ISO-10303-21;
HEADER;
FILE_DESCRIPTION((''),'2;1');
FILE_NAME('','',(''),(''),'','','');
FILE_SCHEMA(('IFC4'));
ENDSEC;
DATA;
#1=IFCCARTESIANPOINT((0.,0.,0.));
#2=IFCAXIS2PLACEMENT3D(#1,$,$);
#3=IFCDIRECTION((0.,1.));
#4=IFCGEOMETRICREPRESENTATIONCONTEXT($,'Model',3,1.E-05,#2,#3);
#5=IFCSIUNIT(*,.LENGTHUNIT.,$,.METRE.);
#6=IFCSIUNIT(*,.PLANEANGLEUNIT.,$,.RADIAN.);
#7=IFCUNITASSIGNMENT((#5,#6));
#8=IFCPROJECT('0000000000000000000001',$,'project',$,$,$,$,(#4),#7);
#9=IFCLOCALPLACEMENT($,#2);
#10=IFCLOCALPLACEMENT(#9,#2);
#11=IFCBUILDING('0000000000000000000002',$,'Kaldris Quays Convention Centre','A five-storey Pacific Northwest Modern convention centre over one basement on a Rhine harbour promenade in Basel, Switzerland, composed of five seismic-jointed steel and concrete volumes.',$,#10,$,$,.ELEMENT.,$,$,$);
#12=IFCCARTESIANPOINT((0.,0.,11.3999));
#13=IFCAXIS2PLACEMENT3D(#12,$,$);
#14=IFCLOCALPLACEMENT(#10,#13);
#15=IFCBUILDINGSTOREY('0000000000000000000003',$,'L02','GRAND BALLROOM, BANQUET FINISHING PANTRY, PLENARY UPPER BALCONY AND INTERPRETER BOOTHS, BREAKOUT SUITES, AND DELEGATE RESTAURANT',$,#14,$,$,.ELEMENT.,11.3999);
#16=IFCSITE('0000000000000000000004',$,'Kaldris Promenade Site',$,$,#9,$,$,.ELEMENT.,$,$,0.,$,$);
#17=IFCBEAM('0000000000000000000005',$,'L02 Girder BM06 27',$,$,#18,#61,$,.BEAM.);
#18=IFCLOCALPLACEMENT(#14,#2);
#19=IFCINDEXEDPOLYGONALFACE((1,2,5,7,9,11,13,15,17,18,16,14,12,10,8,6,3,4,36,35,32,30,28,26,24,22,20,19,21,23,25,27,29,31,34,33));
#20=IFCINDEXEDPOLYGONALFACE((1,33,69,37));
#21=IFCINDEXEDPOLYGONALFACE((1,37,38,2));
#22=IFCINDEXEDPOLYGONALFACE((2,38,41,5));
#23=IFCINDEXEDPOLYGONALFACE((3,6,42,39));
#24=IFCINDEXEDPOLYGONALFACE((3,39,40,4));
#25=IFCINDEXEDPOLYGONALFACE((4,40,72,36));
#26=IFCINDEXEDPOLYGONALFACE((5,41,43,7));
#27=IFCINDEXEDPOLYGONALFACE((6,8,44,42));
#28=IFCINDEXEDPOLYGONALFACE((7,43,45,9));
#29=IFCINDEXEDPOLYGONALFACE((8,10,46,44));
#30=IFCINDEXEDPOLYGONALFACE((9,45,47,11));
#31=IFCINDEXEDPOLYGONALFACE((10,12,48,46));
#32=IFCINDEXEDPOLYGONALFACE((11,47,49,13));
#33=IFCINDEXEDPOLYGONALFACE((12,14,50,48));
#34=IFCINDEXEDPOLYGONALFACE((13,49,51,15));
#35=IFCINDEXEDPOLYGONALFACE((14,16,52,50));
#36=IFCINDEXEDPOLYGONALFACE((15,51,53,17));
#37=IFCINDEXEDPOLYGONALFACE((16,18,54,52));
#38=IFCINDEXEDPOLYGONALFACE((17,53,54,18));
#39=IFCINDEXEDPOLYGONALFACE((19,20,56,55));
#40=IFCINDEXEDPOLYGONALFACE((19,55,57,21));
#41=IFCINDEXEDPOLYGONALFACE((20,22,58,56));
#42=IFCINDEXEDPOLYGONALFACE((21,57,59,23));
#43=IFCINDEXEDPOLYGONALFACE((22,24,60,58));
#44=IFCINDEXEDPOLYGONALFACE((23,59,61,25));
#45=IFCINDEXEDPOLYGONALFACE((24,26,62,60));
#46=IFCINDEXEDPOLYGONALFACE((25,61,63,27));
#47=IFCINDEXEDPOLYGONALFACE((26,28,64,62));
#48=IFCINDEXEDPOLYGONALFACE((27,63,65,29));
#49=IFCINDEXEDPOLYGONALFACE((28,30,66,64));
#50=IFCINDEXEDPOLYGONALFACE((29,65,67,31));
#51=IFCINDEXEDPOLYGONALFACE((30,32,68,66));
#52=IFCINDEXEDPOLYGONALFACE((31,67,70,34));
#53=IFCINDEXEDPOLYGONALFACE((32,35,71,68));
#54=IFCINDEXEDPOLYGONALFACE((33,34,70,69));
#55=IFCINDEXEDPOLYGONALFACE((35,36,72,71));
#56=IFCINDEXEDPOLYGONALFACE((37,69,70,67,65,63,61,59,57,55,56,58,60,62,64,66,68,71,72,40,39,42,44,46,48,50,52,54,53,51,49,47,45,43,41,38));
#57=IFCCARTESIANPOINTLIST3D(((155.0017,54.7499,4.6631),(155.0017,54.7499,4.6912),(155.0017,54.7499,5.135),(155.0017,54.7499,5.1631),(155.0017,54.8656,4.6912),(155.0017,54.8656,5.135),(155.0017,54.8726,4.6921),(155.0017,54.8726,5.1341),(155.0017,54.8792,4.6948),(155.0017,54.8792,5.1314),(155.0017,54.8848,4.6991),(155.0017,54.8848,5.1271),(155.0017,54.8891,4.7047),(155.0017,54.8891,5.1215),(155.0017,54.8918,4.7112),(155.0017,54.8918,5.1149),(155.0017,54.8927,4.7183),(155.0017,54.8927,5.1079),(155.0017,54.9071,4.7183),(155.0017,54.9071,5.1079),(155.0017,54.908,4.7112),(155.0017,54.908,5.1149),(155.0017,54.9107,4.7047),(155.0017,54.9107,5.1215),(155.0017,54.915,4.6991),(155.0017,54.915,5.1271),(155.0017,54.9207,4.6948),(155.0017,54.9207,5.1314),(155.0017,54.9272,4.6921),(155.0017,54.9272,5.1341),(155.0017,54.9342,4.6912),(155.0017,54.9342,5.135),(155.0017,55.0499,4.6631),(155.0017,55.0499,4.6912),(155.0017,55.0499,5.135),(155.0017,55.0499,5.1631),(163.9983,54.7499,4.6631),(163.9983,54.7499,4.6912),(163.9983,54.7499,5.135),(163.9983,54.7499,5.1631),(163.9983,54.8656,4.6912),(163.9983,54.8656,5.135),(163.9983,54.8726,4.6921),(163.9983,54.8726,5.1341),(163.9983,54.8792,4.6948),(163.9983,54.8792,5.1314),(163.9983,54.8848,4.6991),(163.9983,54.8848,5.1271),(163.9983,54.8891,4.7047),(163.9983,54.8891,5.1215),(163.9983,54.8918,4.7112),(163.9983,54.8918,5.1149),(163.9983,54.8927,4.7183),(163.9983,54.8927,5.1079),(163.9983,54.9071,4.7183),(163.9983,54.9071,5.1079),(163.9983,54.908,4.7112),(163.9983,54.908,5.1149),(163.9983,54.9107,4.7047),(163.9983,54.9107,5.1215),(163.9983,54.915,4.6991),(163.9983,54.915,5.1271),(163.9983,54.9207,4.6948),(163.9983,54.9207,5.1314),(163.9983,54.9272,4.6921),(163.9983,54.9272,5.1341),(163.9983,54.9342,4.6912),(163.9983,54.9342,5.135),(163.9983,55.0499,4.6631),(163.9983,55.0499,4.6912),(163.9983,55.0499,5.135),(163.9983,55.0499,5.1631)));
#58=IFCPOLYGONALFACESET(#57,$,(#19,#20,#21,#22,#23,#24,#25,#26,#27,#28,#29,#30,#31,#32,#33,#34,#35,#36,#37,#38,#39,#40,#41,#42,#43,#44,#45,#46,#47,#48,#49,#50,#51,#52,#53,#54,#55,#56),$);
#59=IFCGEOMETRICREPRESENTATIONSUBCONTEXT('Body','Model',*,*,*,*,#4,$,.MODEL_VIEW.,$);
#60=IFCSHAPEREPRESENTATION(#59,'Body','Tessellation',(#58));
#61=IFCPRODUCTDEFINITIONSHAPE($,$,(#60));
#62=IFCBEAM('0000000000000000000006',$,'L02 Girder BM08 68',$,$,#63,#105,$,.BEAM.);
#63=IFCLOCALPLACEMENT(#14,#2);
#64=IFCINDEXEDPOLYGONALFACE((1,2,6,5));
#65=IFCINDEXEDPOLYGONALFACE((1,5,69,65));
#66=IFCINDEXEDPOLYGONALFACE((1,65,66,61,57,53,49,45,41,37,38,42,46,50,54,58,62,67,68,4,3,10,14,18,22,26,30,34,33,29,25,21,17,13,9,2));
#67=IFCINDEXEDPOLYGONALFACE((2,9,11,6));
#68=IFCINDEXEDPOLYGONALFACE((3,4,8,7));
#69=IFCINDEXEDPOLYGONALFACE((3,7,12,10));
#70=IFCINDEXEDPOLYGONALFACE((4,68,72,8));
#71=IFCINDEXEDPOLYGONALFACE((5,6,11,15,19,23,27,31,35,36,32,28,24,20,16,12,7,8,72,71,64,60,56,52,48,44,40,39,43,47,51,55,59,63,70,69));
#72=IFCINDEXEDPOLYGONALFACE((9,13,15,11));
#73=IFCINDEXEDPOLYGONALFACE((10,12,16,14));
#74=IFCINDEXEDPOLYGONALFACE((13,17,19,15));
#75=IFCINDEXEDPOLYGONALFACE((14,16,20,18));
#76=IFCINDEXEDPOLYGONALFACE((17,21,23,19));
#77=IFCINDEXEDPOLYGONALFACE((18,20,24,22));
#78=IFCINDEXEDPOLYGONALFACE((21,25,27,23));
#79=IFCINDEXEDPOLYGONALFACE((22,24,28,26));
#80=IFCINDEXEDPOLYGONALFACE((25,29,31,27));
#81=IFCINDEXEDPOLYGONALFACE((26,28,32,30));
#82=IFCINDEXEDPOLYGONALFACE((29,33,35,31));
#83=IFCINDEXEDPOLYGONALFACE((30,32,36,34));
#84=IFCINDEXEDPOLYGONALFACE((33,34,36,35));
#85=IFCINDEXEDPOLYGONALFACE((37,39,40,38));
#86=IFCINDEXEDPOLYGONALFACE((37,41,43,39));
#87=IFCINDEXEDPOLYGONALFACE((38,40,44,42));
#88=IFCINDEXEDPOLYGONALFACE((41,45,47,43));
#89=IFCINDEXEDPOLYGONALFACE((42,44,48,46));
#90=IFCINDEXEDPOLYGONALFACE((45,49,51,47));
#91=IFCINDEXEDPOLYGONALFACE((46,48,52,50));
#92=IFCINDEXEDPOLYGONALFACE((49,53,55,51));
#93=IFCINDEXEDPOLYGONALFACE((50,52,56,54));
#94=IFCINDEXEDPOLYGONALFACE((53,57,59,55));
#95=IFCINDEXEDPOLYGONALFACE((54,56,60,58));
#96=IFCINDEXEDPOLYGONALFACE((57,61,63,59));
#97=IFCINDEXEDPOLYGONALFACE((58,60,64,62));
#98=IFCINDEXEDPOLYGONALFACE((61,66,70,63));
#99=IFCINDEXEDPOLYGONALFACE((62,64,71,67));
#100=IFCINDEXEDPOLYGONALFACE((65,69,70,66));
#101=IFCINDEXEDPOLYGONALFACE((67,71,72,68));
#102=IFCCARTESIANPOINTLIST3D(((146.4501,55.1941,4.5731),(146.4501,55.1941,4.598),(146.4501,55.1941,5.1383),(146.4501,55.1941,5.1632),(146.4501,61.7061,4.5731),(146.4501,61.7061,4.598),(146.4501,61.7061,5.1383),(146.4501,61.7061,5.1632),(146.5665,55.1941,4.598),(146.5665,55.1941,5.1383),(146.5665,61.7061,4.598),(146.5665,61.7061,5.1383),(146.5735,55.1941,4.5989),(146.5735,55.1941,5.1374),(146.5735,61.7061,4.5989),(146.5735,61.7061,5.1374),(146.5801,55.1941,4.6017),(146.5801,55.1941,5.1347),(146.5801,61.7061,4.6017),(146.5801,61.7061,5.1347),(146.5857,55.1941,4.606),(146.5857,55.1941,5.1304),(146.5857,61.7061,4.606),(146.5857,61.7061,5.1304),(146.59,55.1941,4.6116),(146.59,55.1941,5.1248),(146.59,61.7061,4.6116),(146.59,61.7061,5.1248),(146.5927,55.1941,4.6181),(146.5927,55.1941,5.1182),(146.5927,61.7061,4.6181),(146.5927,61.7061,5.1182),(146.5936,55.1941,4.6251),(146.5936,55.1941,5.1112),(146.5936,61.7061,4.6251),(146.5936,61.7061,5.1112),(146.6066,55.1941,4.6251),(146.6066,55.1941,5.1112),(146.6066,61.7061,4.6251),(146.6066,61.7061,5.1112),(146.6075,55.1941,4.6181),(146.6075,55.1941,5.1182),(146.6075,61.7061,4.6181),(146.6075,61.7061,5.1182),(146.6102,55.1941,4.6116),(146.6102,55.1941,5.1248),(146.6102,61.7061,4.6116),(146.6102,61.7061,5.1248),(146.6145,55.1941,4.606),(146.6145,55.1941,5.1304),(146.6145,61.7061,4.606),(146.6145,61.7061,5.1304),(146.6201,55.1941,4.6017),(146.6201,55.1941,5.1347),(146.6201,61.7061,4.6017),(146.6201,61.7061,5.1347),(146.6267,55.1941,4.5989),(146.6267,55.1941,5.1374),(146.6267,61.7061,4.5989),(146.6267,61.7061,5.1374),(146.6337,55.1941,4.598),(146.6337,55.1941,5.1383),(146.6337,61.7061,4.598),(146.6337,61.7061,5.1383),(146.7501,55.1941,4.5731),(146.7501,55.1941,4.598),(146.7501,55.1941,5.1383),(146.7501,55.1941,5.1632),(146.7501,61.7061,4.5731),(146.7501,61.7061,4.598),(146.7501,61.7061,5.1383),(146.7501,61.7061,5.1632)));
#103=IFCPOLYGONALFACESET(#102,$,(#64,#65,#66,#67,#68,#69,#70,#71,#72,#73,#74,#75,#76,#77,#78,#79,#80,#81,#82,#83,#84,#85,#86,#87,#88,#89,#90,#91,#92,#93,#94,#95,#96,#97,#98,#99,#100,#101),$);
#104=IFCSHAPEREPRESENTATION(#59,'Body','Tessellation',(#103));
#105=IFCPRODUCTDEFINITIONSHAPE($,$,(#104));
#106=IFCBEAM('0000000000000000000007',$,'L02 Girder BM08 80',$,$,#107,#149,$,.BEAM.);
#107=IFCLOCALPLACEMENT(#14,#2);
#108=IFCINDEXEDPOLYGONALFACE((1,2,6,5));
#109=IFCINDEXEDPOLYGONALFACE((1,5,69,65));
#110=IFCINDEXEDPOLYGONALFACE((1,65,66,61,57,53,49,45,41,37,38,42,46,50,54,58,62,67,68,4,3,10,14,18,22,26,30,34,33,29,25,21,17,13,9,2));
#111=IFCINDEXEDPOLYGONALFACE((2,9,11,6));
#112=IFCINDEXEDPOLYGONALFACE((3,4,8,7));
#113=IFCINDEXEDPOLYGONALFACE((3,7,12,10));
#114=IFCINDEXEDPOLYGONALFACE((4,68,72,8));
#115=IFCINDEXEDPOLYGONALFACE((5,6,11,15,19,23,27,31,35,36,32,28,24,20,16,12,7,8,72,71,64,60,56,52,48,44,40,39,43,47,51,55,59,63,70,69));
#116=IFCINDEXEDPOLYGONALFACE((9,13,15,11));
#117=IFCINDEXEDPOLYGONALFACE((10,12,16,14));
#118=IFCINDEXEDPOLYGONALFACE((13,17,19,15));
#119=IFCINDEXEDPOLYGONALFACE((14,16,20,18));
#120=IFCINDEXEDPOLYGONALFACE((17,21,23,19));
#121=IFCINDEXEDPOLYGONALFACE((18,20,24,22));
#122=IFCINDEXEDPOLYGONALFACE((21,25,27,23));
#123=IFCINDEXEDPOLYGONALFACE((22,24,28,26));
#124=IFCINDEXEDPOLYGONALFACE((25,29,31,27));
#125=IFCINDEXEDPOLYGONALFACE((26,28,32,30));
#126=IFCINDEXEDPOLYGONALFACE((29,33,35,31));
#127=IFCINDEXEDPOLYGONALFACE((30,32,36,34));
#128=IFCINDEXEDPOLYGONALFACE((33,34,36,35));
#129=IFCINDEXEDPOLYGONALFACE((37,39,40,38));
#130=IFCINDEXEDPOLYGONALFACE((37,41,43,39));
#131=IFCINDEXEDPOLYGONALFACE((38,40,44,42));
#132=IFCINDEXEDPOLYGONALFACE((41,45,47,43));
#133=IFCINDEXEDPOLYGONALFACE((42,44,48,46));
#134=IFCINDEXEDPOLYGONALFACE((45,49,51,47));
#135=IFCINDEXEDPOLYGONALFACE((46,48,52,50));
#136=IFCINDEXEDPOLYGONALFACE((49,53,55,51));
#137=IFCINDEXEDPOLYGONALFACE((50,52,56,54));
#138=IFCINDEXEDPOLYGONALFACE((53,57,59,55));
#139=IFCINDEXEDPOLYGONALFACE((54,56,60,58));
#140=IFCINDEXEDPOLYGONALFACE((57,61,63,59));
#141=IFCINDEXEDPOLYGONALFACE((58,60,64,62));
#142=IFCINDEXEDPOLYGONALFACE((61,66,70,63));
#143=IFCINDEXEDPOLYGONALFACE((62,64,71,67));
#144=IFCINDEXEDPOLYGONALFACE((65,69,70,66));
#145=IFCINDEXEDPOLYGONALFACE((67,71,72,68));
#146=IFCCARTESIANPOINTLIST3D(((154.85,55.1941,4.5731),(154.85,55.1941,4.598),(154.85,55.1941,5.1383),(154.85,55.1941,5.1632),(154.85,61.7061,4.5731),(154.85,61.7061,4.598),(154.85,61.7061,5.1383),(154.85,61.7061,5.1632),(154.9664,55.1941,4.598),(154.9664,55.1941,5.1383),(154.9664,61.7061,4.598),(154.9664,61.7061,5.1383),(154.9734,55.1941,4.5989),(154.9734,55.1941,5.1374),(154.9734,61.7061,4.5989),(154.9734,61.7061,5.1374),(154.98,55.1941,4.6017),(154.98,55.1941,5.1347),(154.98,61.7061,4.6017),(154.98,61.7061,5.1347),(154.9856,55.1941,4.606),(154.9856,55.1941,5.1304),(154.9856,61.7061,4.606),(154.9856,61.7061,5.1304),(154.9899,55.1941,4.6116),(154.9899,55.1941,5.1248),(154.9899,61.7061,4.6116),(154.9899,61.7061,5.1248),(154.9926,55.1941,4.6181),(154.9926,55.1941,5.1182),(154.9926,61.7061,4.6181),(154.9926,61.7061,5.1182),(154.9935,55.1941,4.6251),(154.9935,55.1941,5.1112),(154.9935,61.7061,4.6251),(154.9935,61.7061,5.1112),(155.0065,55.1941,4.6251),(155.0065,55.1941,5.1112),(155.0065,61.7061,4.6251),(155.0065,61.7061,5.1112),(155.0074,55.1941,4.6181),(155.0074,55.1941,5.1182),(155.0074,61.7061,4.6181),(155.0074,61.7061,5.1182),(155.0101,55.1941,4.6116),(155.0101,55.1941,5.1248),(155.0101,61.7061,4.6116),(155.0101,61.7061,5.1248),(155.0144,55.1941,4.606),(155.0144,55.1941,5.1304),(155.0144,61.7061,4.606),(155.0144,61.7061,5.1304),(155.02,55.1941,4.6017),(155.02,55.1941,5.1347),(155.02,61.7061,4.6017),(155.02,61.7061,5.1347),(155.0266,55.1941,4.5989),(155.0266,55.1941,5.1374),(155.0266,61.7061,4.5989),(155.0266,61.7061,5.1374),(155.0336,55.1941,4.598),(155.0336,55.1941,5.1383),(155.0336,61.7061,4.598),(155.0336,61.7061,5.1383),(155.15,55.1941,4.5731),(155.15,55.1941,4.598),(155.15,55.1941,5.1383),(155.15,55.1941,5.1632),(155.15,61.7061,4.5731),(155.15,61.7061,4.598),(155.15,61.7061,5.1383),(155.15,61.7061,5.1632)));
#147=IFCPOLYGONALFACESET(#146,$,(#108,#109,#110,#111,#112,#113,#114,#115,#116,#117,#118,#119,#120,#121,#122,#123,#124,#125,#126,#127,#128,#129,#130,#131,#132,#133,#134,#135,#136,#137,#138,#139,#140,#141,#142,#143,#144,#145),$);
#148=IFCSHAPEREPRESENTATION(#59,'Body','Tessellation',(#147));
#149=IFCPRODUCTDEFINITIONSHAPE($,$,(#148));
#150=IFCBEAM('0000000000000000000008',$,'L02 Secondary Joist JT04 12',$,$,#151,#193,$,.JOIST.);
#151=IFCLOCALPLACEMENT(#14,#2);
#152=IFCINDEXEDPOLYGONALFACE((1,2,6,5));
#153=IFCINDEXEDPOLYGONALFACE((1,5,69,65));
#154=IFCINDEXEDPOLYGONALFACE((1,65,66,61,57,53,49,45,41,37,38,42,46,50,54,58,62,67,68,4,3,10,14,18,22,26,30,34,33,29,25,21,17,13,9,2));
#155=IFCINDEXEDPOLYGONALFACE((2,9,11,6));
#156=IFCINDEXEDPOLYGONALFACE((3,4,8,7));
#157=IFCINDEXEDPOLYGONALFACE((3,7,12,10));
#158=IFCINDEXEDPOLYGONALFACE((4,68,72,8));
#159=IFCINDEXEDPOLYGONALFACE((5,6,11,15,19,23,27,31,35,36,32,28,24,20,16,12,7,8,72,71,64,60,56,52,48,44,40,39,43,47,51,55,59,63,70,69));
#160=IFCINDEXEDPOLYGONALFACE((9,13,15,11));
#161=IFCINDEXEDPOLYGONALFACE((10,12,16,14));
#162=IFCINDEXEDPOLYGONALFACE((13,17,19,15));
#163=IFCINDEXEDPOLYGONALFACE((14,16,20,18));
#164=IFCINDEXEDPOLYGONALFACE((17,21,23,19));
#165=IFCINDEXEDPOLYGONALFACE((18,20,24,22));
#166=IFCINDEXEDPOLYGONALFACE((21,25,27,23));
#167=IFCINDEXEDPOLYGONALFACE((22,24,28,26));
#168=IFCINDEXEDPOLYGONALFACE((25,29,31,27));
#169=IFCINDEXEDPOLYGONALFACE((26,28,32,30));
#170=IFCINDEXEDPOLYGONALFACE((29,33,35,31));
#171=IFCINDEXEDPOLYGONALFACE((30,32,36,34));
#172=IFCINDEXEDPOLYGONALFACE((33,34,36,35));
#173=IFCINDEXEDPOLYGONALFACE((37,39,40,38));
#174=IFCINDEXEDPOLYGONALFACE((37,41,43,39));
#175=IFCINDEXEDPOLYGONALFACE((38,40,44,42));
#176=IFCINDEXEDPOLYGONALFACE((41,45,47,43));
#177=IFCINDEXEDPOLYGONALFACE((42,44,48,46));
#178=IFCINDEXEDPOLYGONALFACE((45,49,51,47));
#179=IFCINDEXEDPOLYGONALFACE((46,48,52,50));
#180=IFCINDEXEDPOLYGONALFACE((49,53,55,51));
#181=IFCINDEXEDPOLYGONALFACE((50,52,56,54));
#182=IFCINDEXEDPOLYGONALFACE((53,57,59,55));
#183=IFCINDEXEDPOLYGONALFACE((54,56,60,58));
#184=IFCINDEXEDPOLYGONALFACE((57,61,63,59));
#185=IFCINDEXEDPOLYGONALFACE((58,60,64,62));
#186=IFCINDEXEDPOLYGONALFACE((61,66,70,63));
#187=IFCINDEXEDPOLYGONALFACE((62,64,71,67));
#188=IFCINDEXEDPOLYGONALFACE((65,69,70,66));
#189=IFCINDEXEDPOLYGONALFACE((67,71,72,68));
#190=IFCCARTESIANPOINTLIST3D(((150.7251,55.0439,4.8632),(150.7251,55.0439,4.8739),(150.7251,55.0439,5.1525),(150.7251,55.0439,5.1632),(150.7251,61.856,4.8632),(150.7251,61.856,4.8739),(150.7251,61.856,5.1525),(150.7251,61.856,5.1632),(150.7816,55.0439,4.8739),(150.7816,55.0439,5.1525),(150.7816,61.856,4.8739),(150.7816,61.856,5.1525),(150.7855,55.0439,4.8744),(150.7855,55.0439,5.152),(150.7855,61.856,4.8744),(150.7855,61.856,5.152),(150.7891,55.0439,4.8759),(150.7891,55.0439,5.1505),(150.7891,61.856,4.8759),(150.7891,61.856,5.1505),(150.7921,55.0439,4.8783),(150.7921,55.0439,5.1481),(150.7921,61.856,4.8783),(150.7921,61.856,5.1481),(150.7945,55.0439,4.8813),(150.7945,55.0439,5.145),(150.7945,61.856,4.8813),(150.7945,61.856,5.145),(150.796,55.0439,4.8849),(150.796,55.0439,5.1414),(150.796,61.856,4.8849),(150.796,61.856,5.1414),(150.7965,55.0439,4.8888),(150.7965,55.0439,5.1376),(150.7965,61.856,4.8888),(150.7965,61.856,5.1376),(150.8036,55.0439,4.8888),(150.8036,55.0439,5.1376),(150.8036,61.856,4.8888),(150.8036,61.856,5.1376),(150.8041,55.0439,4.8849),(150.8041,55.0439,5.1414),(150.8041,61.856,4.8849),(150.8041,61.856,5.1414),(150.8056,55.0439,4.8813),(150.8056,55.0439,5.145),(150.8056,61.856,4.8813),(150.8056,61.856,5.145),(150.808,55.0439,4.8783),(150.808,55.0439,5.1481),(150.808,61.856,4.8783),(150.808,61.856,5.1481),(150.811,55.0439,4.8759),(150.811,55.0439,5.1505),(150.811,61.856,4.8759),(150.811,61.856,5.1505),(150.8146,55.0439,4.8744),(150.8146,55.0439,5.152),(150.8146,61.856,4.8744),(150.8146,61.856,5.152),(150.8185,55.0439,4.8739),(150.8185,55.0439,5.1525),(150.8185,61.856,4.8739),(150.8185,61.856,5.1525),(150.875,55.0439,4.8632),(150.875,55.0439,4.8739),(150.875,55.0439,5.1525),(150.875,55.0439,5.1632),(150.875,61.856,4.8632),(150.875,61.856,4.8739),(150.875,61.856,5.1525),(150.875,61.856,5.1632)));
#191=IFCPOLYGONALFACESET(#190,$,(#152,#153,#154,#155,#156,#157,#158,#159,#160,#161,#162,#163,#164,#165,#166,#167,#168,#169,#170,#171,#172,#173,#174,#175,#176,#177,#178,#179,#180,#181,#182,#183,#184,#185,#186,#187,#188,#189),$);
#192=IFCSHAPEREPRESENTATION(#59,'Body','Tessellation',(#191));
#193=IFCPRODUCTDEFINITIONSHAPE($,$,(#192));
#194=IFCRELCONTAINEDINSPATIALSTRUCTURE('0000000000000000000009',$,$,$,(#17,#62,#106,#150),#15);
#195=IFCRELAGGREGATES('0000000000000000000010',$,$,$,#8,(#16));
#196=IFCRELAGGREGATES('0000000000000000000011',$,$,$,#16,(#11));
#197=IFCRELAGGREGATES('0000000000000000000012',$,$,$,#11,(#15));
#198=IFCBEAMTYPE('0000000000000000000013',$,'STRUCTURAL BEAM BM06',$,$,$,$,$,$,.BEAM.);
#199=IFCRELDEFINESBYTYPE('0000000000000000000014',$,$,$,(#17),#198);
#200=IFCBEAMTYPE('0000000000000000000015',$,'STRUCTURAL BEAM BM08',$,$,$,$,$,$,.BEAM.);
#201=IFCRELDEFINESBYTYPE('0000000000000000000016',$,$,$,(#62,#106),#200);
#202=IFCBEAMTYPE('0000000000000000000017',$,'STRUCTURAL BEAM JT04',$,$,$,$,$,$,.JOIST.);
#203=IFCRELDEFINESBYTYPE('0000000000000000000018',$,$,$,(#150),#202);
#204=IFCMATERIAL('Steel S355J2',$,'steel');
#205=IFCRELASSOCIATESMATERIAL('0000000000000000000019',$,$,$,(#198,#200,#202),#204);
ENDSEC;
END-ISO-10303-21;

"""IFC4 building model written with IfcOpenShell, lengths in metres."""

from ifc_helpers import new_model, si_unit, direction, frame, origin, origin_2d, place, context, subcontext, project, spatial, i_section, extrude, material, material_profile, profile_set, type_object, element, save


model = new_model("IFC4")

# Units and contexts
model_context = context("Model", 3, precision=1e-05, world=origin(), true_north=direction((0.0, 1.0)))
body_context = subcontext(model_context, "Body", "Model", "MODEL_VIEW")
ifc_project = project(units=[si_unit("LENGTHUNIT", "METRE"), si_unit("PLANEANGLEUNIT", "RADIAN")], contexts=[model_context])

# Site, building, storey
site_placement = place(None, origin())
site = spatial("IfcSite", under=ifc_project, at=site_placement, Name="Kaldris Promenade Site", CompositionType="ELEMENT", RefElevation=0.0)
building_placement = place(site_placement, origin())
building = spatial("IfcBuilding", under=site, at=building_placement, Name="Kaldris Quays Convention Centre", Description="A five-storey Pacific Northwest Modern convention centre over one basement on a Rhine harbour promenade in Basel, Switzerland, composed of five seismic-jointed steel and concrete volumes.", CompositionType="ELEMENT")
storey_placement = place(building_placement, frame((0.0, 0.0, 11.3999)))
storey = spatial("IfcBuildingStorey", under=building, at=storey_placement, Name="L02", Description="GRAND BALLROOM, BANQUET FINISHING PANTRY, PLENARY UPPER BALCONY AND INTERPRETER BOOTHS, BREAKOUT SUITES, AND DELEGATE RESTAURANT", CompositionType="ELEMENT", Elevation=11.3999)

# Shared definitions
ifc_material_1 = material(Name="Steel S355J2", Category="steel")

# Beams
ifc_material_profile_1 = material_profile(ifc_material_1, i_section(OverallWidth=0.3, OverallDepth=0.5, WebThickness=0.0144, FlangeThickness=0.0281, FilletRadius=0.0271, at=origin_2d()), Name="HEB 500")
ifc_profile_set_1 = profile_set([ifc_material_profile_1], Name="Steel S355J2")
beam_type_1 = type_object("IfcBeamType", Name="STRUCTURAL BEAM BM06", PredefinedType="BEAM", material=ifc_profile_set_1)
beam_1_placement = place(storey_placement, frame((155.0017, 54.8999, 4.9131), z_axis=(1.0, 0.0, 0.0), x_axis=(0.0, 1.0, 0.0)))
element("IfcBeam", 1, at=beam_1_placement, inside=storey, type_object=beam_type_1, Name="L02 Girder BM06 27", PredefinedType="BEAM", context=body_context, shape_type="SweptSolid", body=[
    extrude(i_section(OverallWidth=0.3, OverallDepth=0.5, WebThickness=0.0144, FlangeThickness=0.0281, FilletRadius=0.0271, at=origin_2d()), origin(), (0.0, 0.0, 1.0), 8.9966),
])
ifc_material_profile_2 = material_profile(ifc_material_1, i_section(OverallWidth=0.3, OverallDepth=0.5901, WebThickness=0.0129, FlangeThickness=0.0249, FilletRadius=0.0271, at=origin_2d()), Name="HEA 600")
ifc_profile_set_2 = profile_set([ifc_material_profile_2], Name="Steel S355J2")
beam_type_2 = type_object("IfcBeamType", Name="STRUCTURAL BEAM BM08", PredefinedType="BEAM", material=ifc_profile_set_2)
for number, where, z_axis, x_axis, name in (
    (2, (146.6001, 55.1941, 4.8682), (0.0, 1.0, 0.0), (-1.0, 0.0, 0.0), "L02 Girder BM08 68"),
    (3, (155.0, 55.1941, 4.8682), (0.0, 1.0, 0.0), (-1.0, 0.0, 0.0), "L02 Girder BM08 80"),
):
    element("IfcBeam", number, at=place(storey_placement, frame(where, z_axis=z_axis, x_axis=x_axis)), inside=storey, type_object=beam_type_2, Name=name, PredefinedType="BEAM", context=body_context, shape_type="SweptSolid", body=[
        extrude(i_section(OverallWidth=0.3, OverallDepth=0.5901, WebThickness=0.0129, FlangeThickness=0.0249, FilletRadius=0.0271, at=origin_2d()), origin(), (0.0, 0.0, 1.0), 6.512),
    ])
ifc_material_profile_3 = material_profile(ifc_material_1, i_section(OverallWidth=0.1499, OverallDepth=0.3, WebThickness=0.0071, FlangeThickness=0.0107, FilletRadius=0.0149, at=origin_2d()), Name="IPE 300")
ifc_profile_set_3 = profile_set([ifc_material_profile_3], Name="Steel S355J2")
beam_type_3 = type_object("IfcBeamType", Name="STRUCTURAL BEAM JT04", PredefinedType="JOIST", material=ifc_profile_set_3)
beam_2_placement = place(storey_placement, frame((150.8, 55.0439, 5.0132), z_axis=(0.0, 1.0, 0.0), x_axis=(-1.0, 0.0, 0.0)))
element("IfcBeam", 4, at=beam_2_placement, inside=storey, type_object=beam_type_3, Name="L02 Secondary Joist JT04 12", PredefinedType="JOIST", context=body_context, shape_type="SweptSolid", body=[
    extrude(i_section(OverallWidth=0.1499, OverallDepth=0.3, WebThickness=0.0071, FlangeThickness=0.0107, FilletRadius=0.0149, at=origin_2d()), origin(), (0.0, 0.0, 1.0), 6.812),
])

save(model, "model.ifc")
